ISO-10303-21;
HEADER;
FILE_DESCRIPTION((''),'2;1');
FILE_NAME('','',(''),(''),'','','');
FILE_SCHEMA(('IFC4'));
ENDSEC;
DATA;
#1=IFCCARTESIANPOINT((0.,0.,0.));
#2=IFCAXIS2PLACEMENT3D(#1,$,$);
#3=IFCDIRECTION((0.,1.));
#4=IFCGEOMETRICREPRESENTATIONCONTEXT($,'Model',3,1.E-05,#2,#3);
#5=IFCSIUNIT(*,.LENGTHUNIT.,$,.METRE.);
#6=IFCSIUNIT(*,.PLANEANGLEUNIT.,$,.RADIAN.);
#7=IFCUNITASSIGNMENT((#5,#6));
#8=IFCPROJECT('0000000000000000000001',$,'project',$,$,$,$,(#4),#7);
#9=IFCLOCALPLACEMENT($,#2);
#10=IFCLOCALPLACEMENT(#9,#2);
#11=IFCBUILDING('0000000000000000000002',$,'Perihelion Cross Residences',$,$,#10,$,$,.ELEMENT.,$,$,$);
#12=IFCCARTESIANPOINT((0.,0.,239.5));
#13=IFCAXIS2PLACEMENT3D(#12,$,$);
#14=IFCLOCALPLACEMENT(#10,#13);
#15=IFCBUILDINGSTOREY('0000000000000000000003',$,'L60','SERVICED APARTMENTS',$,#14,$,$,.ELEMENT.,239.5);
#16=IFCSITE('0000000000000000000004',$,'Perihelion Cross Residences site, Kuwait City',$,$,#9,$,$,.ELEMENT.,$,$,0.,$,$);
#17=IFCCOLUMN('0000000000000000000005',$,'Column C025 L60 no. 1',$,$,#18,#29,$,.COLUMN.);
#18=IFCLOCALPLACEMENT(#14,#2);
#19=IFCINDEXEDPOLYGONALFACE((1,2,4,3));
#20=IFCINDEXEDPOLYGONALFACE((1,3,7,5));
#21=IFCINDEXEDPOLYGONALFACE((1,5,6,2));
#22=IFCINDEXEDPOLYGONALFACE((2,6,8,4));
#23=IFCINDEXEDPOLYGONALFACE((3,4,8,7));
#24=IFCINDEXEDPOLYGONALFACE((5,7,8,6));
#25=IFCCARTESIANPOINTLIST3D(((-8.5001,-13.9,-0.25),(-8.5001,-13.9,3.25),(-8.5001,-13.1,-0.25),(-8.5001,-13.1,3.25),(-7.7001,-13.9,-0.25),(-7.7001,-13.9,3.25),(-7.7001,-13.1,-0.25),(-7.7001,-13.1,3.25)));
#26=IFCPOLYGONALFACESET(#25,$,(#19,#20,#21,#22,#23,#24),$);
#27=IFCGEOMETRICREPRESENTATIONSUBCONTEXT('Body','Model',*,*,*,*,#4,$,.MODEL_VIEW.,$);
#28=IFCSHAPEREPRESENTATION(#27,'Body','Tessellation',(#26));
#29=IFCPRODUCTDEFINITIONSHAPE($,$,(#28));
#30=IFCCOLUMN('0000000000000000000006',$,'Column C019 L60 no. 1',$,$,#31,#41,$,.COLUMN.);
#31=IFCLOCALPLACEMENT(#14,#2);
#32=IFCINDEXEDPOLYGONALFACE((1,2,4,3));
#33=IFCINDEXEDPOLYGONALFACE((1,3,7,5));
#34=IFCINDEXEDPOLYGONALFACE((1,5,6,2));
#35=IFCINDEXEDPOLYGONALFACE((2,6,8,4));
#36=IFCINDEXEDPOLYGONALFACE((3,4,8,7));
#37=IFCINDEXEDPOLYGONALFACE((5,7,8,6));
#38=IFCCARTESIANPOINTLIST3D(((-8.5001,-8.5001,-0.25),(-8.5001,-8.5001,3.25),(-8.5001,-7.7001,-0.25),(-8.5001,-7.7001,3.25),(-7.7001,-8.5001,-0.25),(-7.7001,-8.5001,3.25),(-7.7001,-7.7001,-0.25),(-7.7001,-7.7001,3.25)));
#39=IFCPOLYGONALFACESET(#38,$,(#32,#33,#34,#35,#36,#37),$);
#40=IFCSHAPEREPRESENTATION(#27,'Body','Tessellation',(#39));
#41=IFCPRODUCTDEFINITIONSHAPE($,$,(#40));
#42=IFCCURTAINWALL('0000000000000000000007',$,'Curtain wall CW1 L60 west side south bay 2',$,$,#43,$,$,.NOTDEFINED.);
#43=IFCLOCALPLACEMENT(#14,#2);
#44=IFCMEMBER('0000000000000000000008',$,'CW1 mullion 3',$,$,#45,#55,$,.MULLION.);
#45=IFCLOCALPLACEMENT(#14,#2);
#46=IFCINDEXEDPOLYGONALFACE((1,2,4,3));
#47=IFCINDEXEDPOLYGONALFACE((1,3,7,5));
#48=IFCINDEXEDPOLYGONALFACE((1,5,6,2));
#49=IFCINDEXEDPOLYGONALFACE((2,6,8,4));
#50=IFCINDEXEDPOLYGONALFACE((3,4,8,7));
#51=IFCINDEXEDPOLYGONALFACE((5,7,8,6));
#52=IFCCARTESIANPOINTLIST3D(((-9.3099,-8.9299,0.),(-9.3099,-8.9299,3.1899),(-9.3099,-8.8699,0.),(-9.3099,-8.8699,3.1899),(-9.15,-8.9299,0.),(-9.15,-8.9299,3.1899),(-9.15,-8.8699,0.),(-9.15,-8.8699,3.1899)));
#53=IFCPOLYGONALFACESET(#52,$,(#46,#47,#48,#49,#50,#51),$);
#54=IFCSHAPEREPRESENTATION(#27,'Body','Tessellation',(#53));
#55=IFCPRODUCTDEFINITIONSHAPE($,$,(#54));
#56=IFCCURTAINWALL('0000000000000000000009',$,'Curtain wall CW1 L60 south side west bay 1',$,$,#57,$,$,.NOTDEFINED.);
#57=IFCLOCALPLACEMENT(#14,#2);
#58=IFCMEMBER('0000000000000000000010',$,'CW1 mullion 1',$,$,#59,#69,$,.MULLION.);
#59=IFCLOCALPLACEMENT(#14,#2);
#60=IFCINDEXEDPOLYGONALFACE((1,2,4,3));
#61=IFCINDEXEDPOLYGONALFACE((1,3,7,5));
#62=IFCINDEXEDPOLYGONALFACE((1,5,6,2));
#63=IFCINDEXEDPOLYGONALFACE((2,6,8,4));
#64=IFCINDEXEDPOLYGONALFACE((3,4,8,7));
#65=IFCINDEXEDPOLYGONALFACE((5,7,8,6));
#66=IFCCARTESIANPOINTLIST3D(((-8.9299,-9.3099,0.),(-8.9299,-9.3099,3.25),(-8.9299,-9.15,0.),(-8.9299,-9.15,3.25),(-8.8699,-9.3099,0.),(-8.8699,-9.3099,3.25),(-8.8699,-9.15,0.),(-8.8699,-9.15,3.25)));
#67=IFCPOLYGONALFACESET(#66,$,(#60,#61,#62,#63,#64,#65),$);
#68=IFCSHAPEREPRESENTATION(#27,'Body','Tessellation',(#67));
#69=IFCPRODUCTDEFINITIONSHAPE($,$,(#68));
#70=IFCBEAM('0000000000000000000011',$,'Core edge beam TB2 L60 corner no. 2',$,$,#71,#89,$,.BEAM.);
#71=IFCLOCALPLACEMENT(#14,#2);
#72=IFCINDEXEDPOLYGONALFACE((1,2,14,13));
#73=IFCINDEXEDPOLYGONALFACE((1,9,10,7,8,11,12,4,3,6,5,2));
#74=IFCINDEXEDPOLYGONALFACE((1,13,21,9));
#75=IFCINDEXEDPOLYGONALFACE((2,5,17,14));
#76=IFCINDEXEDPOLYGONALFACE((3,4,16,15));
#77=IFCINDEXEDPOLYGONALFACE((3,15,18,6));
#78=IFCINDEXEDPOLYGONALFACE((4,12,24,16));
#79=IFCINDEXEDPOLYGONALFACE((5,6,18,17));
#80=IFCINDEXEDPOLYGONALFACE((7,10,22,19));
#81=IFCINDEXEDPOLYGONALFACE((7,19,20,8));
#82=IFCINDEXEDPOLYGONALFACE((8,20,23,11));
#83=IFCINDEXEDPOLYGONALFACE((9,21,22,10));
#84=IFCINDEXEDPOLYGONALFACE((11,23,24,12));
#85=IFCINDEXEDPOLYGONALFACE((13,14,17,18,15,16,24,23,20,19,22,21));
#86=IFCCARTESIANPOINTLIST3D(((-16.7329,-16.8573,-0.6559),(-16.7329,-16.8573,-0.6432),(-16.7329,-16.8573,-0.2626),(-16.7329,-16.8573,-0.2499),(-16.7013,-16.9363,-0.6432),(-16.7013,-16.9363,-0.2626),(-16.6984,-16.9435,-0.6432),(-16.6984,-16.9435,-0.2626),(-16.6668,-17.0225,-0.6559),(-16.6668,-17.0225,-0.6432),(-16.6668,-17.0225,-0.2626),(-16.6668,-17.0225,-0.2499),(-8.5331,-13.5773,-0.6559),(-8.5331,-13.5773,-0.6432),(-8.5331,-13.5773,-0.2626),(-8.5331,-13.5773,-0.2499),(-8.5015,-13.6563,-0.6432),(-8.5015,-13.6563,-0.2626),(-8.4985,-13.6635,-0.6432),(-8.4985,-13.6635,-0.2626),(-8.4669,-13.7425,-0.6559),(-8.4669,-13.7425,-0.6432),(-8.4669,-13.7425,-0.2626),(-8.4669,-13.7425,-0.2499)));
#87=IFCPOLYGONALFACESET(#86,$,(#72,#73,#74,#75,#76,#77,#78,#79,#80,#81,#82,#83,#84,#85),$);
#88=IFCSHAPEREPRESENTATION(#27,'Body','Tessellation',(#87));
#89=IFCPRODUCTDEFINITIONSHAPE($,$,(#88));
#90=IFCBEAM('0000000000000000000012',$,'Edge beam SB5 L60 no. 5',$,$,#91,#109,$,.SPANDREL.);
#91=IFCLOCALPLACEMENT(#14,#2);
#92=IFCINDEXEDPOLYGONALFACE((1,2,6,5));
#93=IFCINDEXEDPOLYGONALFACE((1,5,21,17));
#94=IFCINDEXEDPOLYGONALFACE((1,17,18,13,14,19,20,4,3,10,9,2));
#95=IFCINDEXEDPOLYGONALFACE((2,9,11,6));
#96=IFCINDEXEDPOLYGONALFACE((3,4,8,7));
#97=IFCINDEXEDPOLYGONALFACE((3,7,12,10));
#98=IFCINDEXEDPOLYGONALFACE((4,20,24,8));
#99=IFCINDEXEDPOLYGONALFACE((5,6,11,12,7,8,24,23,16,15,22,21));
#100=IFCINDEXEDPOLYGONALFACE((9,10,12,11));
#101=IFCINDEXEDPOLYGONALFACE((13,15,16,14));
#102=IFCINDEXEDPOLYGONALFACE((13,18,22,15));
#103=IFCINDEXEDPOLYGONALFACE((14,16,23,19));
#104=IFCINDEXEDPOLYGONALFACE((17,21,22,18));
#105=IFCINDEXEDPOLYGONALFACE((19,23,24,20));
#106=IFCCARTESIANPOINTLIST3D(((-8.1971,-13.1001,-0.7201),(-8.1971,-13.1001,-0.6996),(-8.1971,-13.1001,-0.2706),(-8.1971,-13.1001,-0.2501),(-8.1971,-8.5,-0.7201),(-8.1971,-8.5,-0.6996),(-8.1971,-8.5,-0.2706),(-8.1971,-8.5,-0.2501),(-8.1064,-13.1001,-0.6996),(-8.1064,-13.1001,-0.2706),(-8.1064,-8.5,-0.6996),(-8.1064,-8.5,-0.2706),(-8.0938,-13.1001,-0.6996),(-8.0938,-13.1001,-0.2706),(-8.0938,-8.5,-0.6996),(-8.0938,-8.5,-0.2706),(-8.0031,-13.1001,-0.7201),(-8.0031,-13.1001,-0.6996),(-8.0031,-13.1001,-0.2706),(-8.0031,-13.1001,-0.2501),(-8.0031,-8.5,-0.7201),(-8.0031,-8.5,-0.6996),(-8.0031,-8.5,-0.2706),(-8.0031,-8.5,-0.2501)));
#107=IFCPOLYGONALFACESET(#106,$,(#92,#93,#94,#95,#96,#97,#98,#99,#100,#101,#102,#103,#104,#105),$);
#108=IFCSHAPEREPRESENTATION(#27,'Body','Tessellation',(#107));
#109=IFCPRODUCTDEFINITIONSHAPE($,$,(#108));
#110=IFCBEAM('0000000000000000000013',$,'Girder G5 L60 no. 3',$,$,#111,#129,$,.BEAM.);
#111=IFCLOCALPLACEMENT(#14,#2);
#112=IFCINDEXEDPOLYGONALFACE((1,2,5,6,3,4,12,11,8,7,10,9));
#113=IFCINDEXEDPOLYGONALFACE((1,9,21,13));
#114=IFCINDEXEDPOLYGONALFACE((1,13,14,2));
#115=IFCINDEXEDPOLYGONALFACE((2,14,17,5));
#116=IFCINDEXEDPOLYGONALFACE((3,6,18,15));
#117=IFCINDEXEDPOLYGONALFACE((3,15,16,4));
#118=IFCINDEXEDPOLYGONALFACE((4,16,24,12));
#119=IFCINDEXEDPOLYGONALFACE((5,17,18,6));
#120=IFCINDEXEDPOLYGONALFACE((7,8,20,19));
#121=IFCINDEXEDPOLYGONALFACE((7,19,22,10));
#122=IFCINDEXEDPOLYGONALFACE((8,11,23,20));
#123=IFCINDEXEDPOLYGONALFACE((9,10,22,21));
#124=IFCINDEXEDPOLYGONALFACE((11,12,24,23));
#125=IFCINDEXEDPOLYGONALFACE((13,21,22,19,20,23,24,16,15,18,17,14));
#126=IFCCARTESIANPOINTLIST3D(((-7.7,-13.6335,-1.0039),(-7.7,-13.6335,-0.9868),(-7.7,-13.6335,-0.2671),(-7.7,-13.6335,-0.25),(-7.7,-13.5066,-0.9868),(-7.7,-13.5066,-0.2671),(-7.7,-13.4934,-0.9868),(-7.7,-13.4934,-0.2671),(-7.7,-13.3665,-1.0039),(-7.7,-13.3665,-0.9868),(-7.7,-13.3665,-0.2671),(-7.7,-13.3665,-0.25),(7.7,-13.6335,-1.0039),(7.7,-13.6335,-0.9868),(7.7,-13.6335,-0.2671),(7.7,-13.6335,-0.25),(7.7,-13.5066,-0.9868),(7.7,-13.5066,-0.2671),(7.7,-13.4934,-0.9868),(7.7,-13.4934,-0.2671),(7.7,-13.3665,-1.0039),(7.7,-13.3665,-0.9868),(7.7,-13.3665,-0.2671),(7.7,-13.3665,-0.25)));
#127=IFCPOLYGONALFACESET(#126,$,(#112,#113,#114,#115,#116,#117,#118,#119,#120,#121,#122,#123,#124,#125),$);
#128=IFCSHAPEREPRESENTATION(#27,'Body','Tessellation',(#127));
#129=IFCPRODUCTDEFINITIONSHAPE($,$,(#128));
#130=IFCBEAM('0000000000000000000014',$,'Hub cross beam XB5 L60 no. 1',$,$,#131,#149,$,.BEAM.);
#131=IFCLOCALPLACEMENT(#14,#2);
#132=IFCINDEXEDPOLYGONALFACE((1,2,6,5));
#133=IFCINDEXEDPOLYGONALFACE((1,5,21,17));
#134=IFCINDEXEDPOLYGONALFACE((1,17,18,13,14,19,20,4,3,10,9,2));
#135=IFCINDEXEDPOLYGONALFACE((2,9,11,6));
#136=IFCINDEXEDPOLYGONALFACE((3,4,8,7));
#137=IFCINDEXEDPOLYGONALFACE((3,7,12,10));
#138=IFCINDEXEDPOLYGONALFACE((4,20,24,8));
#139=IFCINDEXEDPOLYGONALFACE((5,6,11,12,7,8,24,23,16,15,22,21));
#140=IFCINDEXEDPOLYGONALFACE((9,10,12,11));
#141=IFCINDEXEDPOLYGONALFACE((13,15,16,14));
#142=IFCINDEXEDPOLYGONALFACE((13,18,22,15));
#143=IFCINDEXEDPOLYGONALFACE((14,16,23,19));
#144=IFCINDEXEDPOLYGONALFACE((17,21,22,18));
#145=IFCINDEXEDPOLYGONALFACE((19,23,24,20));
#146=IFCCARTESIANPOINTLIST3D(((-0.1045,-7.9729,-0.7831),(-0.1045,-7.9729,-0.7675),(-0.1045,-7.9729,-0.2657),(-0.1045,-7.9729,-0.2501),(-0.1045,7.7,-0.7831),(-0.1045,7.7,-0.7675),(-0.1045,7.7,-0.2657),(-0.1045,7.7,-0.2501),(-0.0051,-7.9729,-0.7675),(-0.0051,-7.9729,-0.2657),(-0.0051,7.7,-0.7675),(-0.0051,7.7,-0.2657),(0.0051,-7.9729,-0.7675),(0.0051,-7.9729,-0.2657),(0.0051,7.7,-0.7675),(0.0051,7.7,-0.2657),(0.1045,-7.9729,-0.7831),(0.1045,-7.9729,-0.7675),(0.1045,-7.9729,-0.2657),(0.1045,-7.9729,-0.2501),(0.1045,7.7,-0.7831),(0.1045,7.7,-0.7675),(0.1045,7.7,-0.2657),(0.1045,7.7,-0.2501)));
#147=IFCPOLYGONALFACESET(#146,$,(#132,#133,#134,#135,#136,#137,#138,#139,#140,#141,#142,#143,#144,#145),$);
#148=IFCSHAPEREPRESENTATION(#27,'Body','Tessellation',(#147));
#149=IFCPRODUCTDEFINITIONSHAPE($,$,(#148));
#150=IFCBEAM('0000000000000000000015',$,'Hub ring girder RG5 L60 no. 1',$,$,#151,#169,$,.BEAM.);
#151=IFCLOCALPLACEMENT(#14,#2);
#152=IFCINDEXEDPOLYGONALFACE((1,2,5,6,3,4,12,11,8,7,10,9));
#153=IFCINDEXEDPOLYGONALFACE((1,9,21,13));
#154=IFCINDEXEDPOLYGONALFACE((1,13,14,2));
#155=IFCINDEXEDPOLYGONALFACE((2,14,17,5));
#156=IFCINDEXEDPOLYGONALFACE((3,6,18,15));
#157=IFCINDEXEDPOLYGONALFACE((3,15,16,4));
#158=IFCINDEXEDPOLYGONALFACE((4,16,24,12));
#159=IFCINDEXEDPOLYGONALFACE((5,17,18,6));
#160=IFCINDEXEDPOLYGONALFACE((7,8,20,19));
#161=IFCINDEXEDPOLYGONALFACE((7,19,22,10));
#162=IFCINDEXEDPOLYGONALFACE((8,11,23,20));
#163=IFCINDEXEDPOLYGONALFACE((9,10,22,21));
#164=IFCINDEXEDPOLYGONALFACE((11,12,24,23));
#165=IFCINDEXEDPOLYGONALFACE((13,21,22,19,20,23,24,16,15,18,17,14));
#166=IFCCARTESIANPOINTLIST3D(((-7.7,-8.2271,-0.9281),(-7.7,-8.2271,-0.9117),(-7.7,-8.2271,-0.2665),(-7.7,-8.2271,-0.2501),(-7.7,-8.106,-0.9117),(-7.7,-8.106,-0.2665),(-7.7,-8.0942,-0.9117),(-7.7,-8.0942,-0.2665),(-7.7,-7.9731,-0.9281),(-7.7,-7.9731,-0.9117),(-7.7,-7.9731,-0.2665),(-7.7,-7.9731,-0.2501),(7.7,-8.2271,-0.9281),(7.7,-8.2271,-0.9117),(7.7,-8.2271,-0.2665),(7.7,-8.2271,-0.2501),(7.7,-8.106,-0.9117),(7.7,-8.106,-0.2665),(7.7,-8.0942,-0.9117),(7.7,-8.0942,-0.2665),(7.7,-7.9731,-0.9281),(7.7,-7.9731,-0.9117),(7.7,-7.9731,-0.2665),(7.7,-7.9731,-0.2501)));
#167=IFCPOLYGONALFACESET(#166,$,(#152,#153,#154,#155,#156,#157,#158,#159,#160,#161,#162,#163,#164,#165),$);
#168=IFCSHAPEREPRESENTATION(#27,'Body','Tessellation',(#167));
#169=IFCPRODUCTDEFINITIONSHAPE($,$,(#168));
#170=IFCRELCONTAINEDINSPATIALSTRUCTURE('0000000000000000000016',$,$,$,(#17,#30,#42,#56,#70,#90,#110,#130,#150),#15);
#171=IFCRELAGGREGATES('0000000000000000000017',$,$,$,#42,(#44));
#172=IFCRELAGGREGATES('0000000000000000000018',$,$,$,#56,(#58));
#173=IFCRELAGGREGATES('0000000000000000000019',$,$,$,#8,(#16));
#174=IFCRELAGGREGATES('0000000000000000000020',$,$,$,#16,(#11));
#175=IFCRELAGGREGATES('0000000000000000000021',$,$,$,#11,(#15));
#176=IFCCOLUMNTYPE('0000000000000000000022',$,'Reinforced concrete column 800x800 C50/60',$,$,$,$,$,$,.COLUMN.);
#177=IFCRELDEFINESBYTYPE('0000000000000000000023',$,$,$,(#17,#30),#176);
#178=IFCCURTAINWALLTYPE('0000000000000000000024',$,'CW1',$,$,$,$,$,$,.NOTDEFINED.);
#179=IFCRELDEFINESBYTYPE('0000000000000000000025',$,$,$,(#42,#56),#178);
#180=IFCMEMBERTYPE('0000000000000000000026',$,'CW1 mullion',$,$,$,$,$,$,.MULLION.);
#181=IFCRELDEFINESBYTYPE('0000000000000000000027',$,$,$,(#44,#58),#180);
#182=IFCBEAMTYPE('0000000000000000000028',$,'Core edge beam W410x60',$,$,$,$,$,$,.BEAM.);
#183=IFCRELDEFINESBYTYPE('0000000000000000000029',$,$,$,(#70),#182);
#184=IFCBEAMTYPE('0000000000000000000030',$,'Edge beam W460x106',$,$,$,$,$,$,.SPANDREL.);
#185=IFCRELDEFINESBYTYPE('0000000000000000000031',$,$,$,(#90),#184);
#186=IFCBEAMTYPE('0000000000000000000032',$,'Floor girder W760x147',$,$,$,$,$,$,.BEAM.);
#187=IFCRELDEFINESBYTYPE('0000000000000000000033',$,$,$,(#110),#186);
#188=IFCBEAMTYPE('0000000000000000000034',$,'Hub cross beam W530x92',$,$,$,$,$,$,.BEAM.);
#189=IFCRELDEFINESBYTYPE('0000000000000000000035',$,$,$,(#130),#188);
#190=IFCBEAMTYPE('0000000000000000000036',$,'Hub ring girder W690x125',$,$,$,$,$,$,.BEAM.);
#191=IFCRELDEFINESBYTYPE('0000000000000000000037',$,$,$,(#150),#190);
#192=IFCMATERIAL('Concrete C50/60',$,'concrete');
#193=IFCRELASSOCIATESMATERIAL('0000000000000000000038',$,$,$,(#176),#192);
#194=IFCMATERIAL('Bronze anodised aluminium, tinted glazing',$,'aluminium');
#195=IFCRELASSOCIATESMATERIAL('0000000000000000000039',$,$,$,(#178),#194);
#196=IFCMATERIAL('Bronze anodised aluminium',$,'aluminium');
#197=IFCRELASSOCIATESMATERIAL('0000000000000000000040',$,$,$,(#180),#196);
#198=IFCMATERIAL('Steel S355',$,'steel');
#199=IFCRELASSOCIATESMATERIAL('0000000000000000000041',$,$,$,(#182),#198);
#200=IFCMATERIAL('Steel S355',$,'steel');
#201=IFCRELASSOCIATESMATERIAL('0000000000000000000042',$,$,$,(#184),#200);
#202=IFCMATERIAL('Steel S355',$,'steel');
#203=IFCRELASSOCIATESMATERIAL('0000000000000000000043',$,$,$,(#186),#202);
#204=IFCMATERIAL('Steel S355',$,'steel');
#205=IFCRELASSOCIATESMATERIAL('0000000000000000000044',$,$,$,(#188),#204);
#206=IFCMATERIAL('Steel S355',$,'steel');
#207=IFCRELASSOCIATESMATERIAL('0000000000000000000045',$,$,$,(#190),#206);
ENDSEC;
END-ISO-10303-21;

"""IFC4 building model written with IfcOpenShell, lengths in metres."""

from ifc_helpers import new_model, si_unit, direction, frame, origin, origin_2d, place, context, subcontext, project, spatial, rectangle, i_section, extrude, material, material_profile, profile_set, type_object, element, aggregate, save


model = new_model("IFC4")

# Units and contexts
model_context = context("Model", 3, precision=1e-05, world=origin(), true_north=direction((0.0, 1.0)))
body_context = subcontext(model_context, "Body", "Model", "MODEL_VIEW")
ifc_project = project(units=[si_unit("LENGTHUNIT", "METRE"), si_unit("PLANEANGLEUNIT", "RADIAN")], contexts=[model_context])

# Site, building, storey
site_placement = place(None, origin())
site = spatial("IfcSite", under=ifc_project, at=site_placement, Name="Perihelion Cross Residences site, Kuwait City", CompositionType="ELEMENT", RefElevation=0.0)
building_placement = place(site_placement, origin())
building = spatial("IfcBuilding", under=site, at=building_placement, Name="Perihelion Cross Residences", CompositionType="ELEMENT")
storey_placement = place(building_placement, frame((0.0, 0.0, 239.5)))
storey = spatial("IfcBuildingStorey", under=building, at=storey_placement, Name="L60", Description="SERVICED APARTMENTS", CompositionType="ELEMENT", Elevation=239.5)

# Columns
ifc_material_1 = material(Name="Concrete C50/60", Category="concrete")
ifc_material_profile_1 = material_profile(ifc_material_1, rectangle(XDim=0.8, YDim=0.8, at=origin_2d()), Name="RC 800x800")
ifc_profile_set_1 = profile_set([ifc_material_profile_1], Name="Concrete C50/60")
column_type = type_object("IfcColumnType", Name="Reinforced concrete column 800x800 C50/60", PredefinedType="COLUMN", material=ifc_profile_set_1)
for number, where, z_axis, x_axis, name in (
    (1, (-8.1001, -13.5, -0.25), (0.0, 0.0, 1.0), (1.0, 0.0, 0.0), "Column C025 L60 no. 1"),
    (2, (-8.1001, -8.1001, -0.25), (0.0, 0.0, 1.0), (1.0, 0.0, 0.0), "Column C019 L60 no. 1"),
):
    element("IfcColumn", number, at=place(storey_placement, frame(where, z_axis=z_axis, x_axis=x_axis)), inside=storey, type_object=column_type, Name=name, PredefinedType="COLUMN", context=body_context, shape_type="SweptSolid", body=[
        extrude(rectangle(XDim=0.8, YDim=0.8, at=origin_2d()), origin(), (0.0, 0.0, 1.0), 3.5),
    ])

# Curtain walls, members
ifc_material_2 = material(Name="Bronze anodised aluminium, tinted glazing", Category="aluminium")
curtain_wall_type = type_object("IfcCurtainWallType", Name="CW1", PredefinedType="NOTDEFINED", material=ifc_material_2)
curtain_wall_1_placement = place(storey_placement, origin())
curtain_wall_1 = element("IfcCurtainWall", 3, at=curtain_wall_1_placement, inside=storey, type_object=curtain_wall_type, Name="Curtain wall CW1 L60 west side south bay 2", PredefinedType="NOTDEFINED")
ifc_material_3 = material(Name="Bronze anodised aluminium", Category="aluminium")
ifc_material_profile_2 = material_profile(ifc_material_3, rectangle(XDim=0.0601, YDim=0.1599, at=origin_2d()), Name="CW1 mullion")
ifc_profile_set_2 = profile_set([ifc_material_profile_2], Name="Bronze anodised aluminium")
member_type = type_object("IfcMemberType", Name="CW1 mullion", PredefinedType="MULLION", material=ifc_profile_set_2)
member_1_placement = place(storey_placement, frame((-9.23, -8.8999, 0.0), z_axis=(0.0, 0.0, 1.0), x_axis=(0.0, 1.0, 0.0)))
member_1 = element("IfcMember", 4, at=member_1_placement, type_object=member_type, Name="CW1 mullion 3", PredefinedType="MULLION", context=body_context, shape_type="SweptSolid", body=[
    extrude(rectangle(XDim=0.0601, YDim=0.1599, at=origin_2d()), origin(), (0.0, 0.0, 1.0), 3.1899),
])
curtain_wall_2_placement = place(storey_placement, origin())
curtain_wall_2 = element("IfcCurtainWall", 5, at=curtain_wall_2_placement, inside=storey, type_object=curtain_wall_type, Name="Curtain wall CW1 L60 south side west bay 1", PredefinedType="NOTDEFINED")
member_2_placement = place(storey_placement, frame((-8.8999, -9.23, 0.0), z_axis=(0.0, 0.0, 1.0), x_axis=(1.0, 0.0, 0.0)))
member_2 = element("IfcMember", 6, at=member_2_placement, type_object=member_type, Name="CW1 mullion 1", PredefinedType="MULLION", context=body_context, shape_type="SweptSolid", body=[
    extrude(rectangle(XDim=0.0601, YDim=0.1599, at=origin_2d()), origin(), (0.0, 0.0, 1.0), 3.25),
])

# Beams
ifc_material_4 = material(Name="Steel S355", Category="steel")
ifc_material_profile_3 = material_profile(ifc_material_4, i_section(OverallWidth=0.178, OverallDepth=0.406, WebThickness=0.0078, FlangeThickness=0.0127, at=origin_2d()), Name="W410x60")
ifc_profile_set_3 = profile_set([ifc_material_profile_3], Name="Steel S355")
beam_type_1 = type_object("IfcBeamType", Name="Core edge beam W410x60", PredefinedType="BEAM", material=ifc_profile_set_3)
beam_1_placement = place(storey_placement, frame((-8.5, -13.6599, -0.4529), z_axis=(-0.928475, -0.371395, 0.0), x_axis=(0.371395, -0.928475, 0.0)))
element("IfcBeam", 7, at=beam_1_placement, inside=storey, type_object=beam_type_1, Name="Core edge beam TB2 L60 corner no. 2", PredefinedType="BEAM", context=body_context, shape_type="SweptSolid", body=[
    extrude(i_section(OverallWidth=0.178, OverallDepth=0.406, WebThickness=0.0078, FlangeThickness=0.0127, at=origin_2d()), origin(), (0.0, 0.0, 1.0), 8.8315),
])
ifc_material_5 = material(Name="Steel S355", Category="steel")
ifc_material_profile_4 = material_profile(ifc_material_5, i_section(OverallWidth=0.1941, OverallDepth=0.47, WebThickness=0.0127, FlangeThickness=0.0205, at=origin_2d()), Name="W460x106")
ifc_profile_set_4 = profile_set([ifc_material_profile_4], Name="Steel S355")
beam_type_2 = type_object("IfcBeamType", Name="Edge beam W460x106", PredefinedType="SPANDREL", material=ifc_profile_set_4)
beam_2_placement = place(storey_placement, frame((-8.1001, -8.5, -0.4851), z_axis=(0.0, -1.0, 0.0), x_axis=(1.0, 0.0, 0.0)))
element("IfcBeam", 8, at=beam_2_placement, inside=storey, type_object=beam_type_2, Name="Edge beam SB5 L60 no. 5", PredefinedType="SPANDREL", context=body_context, shape_type="SweptSolid", body=[
    extrude(i_section(OverallWidth=0.1941, OverallDepth=0.47, WebThickness=0.0127, FlangeThickness=0.0205, at=origin_2d()), origin(), (0.0, 0.0, 1.0), 4.6001),
])
ifc_material_6 = material(Name="Steel S355", Category="steel")
ifc_material_profile_5 = material_profile(ifc_material_6, i_section(OverallWidth=0.2671, OverallDepth=0.7539, WebThickness=0.0132, FlangeThickness=0.0171, at=origin_2d()), Name="W760x147")
ifc_profile_set_5 = profile_set([ifc_material_profile_5], Name="Steel S355")
beam_type_3 = type_object("IfcBeamType", Name="Floor girder W760x147", PredefinedType="BEAM", material=ifc_profile_set_5)
beam_3_placement = place(storey_placement, frame((-7.7, -13.5, -0.627), z_axis=(1.0, 0.0, 0.0), x_axis=(0.0, 1.0, 0.0)))
element("IfcBeam", 9, at=beam_3_placement, inside=storey, type_object=beam_type_3, Name="Girder G5 L60 no. 3", PredefinedType="BEAM", context=body_context, shape_type="SweptSolid", body=[
    extrude(i_section(OverallWidth=0.2671, OverallDepth=0.7539, WebThickness=0.0132, FlangeThickness=0.0171, at=origin_2d()), origin(), (0.0, 0.0, 1.0), 15.3999),
])
ifc_material_7 = material(Name="Steel S355", Category="steel")
ifc_material_profile_6 = material_profile(ifc_material_7, i_section(OverallWidth=0.209, OverallDepth=0.533, WebThickness=0.0103, FlangeThickness=0.0156, at=origin_2d()), Name="W530x92")
ifc_profile_set_6 = profile_set([ifc_material_profile_6], Name="Steel S355")
beam_type_4 = type_object("IfcBeamType", Name="Hub cross beam W530x92", PredefinedType="BEAM", material=ifc_profile_set_6)
beam_4_placement = place(storey_placement, frame((0.0, -7.9729, -0.5166), z_axis=(0.0, 1.0, 0.0), x_axis=(-1.0, 0.0, 0.0)))
element("IfcBeam", 10, at=beam_4_placement, inside=storey, type_object=beam_type_4, Name="Hub cross beam XB5 L60 no. 1", PredefinedType="BEAM", context=body_context, shape_type="SweptSolid", body=[
    extrude(i_section(OverallWidth=0.209, OverallDepth=0.533, WebThickness=0.0103, FlangeThickness=0.0156, at=origin_2d()), origin(), (0.0, 0.0, 1.0), 15.6729),
])
ifc_material_8 = material(Name="Steel S355", Category="steel")
ifc_material_profile_7 = material_profile(ifc_material_8, i_section(OverallWidth=0.2539, OverallDepth=0.678, WebThickness=0.0117, FlangeThickness=0.0164, at=origin_2d()), Name="W690x125")
ifc_profile_set_7 = profile_set([ifc_material_profile_7], Name="Steel S355")
beam_type_5 = type_object("IfcBeamType", Name="Hub ring girder W690x125", PredefinedType="BEAM", material=ifc_profile_set_7)
beam_5_placement = place(storey_placement, frame((-7.7, -8.1001, -0.5891), z_axis=(1.0, 0.0, 0.0), x_axis=(0.0, 1.0, 0.0)))
element("IfcBeam", 11, at=beam_5_placement, inside=storey, type_object=beam_type_5, Name="Hub ring girder RG5 L60 no. 1", PredefinedType="BEAM", context=body_context, shape_type="SweptSolid", body=[
    extrude(i_section(OverallWidth=0.2539, OverallDepth=0.678, WebThickness=0.0117, FlangeThickness=0.0164, at=origin_2d()), origin(), (0.0, 0.0, 1.0), 15.3999),
])

aggregate(curtain_wall_1, [member_1])
aggregate(curtain_wall_2, [member_2])

save(model, "model.ifc")
